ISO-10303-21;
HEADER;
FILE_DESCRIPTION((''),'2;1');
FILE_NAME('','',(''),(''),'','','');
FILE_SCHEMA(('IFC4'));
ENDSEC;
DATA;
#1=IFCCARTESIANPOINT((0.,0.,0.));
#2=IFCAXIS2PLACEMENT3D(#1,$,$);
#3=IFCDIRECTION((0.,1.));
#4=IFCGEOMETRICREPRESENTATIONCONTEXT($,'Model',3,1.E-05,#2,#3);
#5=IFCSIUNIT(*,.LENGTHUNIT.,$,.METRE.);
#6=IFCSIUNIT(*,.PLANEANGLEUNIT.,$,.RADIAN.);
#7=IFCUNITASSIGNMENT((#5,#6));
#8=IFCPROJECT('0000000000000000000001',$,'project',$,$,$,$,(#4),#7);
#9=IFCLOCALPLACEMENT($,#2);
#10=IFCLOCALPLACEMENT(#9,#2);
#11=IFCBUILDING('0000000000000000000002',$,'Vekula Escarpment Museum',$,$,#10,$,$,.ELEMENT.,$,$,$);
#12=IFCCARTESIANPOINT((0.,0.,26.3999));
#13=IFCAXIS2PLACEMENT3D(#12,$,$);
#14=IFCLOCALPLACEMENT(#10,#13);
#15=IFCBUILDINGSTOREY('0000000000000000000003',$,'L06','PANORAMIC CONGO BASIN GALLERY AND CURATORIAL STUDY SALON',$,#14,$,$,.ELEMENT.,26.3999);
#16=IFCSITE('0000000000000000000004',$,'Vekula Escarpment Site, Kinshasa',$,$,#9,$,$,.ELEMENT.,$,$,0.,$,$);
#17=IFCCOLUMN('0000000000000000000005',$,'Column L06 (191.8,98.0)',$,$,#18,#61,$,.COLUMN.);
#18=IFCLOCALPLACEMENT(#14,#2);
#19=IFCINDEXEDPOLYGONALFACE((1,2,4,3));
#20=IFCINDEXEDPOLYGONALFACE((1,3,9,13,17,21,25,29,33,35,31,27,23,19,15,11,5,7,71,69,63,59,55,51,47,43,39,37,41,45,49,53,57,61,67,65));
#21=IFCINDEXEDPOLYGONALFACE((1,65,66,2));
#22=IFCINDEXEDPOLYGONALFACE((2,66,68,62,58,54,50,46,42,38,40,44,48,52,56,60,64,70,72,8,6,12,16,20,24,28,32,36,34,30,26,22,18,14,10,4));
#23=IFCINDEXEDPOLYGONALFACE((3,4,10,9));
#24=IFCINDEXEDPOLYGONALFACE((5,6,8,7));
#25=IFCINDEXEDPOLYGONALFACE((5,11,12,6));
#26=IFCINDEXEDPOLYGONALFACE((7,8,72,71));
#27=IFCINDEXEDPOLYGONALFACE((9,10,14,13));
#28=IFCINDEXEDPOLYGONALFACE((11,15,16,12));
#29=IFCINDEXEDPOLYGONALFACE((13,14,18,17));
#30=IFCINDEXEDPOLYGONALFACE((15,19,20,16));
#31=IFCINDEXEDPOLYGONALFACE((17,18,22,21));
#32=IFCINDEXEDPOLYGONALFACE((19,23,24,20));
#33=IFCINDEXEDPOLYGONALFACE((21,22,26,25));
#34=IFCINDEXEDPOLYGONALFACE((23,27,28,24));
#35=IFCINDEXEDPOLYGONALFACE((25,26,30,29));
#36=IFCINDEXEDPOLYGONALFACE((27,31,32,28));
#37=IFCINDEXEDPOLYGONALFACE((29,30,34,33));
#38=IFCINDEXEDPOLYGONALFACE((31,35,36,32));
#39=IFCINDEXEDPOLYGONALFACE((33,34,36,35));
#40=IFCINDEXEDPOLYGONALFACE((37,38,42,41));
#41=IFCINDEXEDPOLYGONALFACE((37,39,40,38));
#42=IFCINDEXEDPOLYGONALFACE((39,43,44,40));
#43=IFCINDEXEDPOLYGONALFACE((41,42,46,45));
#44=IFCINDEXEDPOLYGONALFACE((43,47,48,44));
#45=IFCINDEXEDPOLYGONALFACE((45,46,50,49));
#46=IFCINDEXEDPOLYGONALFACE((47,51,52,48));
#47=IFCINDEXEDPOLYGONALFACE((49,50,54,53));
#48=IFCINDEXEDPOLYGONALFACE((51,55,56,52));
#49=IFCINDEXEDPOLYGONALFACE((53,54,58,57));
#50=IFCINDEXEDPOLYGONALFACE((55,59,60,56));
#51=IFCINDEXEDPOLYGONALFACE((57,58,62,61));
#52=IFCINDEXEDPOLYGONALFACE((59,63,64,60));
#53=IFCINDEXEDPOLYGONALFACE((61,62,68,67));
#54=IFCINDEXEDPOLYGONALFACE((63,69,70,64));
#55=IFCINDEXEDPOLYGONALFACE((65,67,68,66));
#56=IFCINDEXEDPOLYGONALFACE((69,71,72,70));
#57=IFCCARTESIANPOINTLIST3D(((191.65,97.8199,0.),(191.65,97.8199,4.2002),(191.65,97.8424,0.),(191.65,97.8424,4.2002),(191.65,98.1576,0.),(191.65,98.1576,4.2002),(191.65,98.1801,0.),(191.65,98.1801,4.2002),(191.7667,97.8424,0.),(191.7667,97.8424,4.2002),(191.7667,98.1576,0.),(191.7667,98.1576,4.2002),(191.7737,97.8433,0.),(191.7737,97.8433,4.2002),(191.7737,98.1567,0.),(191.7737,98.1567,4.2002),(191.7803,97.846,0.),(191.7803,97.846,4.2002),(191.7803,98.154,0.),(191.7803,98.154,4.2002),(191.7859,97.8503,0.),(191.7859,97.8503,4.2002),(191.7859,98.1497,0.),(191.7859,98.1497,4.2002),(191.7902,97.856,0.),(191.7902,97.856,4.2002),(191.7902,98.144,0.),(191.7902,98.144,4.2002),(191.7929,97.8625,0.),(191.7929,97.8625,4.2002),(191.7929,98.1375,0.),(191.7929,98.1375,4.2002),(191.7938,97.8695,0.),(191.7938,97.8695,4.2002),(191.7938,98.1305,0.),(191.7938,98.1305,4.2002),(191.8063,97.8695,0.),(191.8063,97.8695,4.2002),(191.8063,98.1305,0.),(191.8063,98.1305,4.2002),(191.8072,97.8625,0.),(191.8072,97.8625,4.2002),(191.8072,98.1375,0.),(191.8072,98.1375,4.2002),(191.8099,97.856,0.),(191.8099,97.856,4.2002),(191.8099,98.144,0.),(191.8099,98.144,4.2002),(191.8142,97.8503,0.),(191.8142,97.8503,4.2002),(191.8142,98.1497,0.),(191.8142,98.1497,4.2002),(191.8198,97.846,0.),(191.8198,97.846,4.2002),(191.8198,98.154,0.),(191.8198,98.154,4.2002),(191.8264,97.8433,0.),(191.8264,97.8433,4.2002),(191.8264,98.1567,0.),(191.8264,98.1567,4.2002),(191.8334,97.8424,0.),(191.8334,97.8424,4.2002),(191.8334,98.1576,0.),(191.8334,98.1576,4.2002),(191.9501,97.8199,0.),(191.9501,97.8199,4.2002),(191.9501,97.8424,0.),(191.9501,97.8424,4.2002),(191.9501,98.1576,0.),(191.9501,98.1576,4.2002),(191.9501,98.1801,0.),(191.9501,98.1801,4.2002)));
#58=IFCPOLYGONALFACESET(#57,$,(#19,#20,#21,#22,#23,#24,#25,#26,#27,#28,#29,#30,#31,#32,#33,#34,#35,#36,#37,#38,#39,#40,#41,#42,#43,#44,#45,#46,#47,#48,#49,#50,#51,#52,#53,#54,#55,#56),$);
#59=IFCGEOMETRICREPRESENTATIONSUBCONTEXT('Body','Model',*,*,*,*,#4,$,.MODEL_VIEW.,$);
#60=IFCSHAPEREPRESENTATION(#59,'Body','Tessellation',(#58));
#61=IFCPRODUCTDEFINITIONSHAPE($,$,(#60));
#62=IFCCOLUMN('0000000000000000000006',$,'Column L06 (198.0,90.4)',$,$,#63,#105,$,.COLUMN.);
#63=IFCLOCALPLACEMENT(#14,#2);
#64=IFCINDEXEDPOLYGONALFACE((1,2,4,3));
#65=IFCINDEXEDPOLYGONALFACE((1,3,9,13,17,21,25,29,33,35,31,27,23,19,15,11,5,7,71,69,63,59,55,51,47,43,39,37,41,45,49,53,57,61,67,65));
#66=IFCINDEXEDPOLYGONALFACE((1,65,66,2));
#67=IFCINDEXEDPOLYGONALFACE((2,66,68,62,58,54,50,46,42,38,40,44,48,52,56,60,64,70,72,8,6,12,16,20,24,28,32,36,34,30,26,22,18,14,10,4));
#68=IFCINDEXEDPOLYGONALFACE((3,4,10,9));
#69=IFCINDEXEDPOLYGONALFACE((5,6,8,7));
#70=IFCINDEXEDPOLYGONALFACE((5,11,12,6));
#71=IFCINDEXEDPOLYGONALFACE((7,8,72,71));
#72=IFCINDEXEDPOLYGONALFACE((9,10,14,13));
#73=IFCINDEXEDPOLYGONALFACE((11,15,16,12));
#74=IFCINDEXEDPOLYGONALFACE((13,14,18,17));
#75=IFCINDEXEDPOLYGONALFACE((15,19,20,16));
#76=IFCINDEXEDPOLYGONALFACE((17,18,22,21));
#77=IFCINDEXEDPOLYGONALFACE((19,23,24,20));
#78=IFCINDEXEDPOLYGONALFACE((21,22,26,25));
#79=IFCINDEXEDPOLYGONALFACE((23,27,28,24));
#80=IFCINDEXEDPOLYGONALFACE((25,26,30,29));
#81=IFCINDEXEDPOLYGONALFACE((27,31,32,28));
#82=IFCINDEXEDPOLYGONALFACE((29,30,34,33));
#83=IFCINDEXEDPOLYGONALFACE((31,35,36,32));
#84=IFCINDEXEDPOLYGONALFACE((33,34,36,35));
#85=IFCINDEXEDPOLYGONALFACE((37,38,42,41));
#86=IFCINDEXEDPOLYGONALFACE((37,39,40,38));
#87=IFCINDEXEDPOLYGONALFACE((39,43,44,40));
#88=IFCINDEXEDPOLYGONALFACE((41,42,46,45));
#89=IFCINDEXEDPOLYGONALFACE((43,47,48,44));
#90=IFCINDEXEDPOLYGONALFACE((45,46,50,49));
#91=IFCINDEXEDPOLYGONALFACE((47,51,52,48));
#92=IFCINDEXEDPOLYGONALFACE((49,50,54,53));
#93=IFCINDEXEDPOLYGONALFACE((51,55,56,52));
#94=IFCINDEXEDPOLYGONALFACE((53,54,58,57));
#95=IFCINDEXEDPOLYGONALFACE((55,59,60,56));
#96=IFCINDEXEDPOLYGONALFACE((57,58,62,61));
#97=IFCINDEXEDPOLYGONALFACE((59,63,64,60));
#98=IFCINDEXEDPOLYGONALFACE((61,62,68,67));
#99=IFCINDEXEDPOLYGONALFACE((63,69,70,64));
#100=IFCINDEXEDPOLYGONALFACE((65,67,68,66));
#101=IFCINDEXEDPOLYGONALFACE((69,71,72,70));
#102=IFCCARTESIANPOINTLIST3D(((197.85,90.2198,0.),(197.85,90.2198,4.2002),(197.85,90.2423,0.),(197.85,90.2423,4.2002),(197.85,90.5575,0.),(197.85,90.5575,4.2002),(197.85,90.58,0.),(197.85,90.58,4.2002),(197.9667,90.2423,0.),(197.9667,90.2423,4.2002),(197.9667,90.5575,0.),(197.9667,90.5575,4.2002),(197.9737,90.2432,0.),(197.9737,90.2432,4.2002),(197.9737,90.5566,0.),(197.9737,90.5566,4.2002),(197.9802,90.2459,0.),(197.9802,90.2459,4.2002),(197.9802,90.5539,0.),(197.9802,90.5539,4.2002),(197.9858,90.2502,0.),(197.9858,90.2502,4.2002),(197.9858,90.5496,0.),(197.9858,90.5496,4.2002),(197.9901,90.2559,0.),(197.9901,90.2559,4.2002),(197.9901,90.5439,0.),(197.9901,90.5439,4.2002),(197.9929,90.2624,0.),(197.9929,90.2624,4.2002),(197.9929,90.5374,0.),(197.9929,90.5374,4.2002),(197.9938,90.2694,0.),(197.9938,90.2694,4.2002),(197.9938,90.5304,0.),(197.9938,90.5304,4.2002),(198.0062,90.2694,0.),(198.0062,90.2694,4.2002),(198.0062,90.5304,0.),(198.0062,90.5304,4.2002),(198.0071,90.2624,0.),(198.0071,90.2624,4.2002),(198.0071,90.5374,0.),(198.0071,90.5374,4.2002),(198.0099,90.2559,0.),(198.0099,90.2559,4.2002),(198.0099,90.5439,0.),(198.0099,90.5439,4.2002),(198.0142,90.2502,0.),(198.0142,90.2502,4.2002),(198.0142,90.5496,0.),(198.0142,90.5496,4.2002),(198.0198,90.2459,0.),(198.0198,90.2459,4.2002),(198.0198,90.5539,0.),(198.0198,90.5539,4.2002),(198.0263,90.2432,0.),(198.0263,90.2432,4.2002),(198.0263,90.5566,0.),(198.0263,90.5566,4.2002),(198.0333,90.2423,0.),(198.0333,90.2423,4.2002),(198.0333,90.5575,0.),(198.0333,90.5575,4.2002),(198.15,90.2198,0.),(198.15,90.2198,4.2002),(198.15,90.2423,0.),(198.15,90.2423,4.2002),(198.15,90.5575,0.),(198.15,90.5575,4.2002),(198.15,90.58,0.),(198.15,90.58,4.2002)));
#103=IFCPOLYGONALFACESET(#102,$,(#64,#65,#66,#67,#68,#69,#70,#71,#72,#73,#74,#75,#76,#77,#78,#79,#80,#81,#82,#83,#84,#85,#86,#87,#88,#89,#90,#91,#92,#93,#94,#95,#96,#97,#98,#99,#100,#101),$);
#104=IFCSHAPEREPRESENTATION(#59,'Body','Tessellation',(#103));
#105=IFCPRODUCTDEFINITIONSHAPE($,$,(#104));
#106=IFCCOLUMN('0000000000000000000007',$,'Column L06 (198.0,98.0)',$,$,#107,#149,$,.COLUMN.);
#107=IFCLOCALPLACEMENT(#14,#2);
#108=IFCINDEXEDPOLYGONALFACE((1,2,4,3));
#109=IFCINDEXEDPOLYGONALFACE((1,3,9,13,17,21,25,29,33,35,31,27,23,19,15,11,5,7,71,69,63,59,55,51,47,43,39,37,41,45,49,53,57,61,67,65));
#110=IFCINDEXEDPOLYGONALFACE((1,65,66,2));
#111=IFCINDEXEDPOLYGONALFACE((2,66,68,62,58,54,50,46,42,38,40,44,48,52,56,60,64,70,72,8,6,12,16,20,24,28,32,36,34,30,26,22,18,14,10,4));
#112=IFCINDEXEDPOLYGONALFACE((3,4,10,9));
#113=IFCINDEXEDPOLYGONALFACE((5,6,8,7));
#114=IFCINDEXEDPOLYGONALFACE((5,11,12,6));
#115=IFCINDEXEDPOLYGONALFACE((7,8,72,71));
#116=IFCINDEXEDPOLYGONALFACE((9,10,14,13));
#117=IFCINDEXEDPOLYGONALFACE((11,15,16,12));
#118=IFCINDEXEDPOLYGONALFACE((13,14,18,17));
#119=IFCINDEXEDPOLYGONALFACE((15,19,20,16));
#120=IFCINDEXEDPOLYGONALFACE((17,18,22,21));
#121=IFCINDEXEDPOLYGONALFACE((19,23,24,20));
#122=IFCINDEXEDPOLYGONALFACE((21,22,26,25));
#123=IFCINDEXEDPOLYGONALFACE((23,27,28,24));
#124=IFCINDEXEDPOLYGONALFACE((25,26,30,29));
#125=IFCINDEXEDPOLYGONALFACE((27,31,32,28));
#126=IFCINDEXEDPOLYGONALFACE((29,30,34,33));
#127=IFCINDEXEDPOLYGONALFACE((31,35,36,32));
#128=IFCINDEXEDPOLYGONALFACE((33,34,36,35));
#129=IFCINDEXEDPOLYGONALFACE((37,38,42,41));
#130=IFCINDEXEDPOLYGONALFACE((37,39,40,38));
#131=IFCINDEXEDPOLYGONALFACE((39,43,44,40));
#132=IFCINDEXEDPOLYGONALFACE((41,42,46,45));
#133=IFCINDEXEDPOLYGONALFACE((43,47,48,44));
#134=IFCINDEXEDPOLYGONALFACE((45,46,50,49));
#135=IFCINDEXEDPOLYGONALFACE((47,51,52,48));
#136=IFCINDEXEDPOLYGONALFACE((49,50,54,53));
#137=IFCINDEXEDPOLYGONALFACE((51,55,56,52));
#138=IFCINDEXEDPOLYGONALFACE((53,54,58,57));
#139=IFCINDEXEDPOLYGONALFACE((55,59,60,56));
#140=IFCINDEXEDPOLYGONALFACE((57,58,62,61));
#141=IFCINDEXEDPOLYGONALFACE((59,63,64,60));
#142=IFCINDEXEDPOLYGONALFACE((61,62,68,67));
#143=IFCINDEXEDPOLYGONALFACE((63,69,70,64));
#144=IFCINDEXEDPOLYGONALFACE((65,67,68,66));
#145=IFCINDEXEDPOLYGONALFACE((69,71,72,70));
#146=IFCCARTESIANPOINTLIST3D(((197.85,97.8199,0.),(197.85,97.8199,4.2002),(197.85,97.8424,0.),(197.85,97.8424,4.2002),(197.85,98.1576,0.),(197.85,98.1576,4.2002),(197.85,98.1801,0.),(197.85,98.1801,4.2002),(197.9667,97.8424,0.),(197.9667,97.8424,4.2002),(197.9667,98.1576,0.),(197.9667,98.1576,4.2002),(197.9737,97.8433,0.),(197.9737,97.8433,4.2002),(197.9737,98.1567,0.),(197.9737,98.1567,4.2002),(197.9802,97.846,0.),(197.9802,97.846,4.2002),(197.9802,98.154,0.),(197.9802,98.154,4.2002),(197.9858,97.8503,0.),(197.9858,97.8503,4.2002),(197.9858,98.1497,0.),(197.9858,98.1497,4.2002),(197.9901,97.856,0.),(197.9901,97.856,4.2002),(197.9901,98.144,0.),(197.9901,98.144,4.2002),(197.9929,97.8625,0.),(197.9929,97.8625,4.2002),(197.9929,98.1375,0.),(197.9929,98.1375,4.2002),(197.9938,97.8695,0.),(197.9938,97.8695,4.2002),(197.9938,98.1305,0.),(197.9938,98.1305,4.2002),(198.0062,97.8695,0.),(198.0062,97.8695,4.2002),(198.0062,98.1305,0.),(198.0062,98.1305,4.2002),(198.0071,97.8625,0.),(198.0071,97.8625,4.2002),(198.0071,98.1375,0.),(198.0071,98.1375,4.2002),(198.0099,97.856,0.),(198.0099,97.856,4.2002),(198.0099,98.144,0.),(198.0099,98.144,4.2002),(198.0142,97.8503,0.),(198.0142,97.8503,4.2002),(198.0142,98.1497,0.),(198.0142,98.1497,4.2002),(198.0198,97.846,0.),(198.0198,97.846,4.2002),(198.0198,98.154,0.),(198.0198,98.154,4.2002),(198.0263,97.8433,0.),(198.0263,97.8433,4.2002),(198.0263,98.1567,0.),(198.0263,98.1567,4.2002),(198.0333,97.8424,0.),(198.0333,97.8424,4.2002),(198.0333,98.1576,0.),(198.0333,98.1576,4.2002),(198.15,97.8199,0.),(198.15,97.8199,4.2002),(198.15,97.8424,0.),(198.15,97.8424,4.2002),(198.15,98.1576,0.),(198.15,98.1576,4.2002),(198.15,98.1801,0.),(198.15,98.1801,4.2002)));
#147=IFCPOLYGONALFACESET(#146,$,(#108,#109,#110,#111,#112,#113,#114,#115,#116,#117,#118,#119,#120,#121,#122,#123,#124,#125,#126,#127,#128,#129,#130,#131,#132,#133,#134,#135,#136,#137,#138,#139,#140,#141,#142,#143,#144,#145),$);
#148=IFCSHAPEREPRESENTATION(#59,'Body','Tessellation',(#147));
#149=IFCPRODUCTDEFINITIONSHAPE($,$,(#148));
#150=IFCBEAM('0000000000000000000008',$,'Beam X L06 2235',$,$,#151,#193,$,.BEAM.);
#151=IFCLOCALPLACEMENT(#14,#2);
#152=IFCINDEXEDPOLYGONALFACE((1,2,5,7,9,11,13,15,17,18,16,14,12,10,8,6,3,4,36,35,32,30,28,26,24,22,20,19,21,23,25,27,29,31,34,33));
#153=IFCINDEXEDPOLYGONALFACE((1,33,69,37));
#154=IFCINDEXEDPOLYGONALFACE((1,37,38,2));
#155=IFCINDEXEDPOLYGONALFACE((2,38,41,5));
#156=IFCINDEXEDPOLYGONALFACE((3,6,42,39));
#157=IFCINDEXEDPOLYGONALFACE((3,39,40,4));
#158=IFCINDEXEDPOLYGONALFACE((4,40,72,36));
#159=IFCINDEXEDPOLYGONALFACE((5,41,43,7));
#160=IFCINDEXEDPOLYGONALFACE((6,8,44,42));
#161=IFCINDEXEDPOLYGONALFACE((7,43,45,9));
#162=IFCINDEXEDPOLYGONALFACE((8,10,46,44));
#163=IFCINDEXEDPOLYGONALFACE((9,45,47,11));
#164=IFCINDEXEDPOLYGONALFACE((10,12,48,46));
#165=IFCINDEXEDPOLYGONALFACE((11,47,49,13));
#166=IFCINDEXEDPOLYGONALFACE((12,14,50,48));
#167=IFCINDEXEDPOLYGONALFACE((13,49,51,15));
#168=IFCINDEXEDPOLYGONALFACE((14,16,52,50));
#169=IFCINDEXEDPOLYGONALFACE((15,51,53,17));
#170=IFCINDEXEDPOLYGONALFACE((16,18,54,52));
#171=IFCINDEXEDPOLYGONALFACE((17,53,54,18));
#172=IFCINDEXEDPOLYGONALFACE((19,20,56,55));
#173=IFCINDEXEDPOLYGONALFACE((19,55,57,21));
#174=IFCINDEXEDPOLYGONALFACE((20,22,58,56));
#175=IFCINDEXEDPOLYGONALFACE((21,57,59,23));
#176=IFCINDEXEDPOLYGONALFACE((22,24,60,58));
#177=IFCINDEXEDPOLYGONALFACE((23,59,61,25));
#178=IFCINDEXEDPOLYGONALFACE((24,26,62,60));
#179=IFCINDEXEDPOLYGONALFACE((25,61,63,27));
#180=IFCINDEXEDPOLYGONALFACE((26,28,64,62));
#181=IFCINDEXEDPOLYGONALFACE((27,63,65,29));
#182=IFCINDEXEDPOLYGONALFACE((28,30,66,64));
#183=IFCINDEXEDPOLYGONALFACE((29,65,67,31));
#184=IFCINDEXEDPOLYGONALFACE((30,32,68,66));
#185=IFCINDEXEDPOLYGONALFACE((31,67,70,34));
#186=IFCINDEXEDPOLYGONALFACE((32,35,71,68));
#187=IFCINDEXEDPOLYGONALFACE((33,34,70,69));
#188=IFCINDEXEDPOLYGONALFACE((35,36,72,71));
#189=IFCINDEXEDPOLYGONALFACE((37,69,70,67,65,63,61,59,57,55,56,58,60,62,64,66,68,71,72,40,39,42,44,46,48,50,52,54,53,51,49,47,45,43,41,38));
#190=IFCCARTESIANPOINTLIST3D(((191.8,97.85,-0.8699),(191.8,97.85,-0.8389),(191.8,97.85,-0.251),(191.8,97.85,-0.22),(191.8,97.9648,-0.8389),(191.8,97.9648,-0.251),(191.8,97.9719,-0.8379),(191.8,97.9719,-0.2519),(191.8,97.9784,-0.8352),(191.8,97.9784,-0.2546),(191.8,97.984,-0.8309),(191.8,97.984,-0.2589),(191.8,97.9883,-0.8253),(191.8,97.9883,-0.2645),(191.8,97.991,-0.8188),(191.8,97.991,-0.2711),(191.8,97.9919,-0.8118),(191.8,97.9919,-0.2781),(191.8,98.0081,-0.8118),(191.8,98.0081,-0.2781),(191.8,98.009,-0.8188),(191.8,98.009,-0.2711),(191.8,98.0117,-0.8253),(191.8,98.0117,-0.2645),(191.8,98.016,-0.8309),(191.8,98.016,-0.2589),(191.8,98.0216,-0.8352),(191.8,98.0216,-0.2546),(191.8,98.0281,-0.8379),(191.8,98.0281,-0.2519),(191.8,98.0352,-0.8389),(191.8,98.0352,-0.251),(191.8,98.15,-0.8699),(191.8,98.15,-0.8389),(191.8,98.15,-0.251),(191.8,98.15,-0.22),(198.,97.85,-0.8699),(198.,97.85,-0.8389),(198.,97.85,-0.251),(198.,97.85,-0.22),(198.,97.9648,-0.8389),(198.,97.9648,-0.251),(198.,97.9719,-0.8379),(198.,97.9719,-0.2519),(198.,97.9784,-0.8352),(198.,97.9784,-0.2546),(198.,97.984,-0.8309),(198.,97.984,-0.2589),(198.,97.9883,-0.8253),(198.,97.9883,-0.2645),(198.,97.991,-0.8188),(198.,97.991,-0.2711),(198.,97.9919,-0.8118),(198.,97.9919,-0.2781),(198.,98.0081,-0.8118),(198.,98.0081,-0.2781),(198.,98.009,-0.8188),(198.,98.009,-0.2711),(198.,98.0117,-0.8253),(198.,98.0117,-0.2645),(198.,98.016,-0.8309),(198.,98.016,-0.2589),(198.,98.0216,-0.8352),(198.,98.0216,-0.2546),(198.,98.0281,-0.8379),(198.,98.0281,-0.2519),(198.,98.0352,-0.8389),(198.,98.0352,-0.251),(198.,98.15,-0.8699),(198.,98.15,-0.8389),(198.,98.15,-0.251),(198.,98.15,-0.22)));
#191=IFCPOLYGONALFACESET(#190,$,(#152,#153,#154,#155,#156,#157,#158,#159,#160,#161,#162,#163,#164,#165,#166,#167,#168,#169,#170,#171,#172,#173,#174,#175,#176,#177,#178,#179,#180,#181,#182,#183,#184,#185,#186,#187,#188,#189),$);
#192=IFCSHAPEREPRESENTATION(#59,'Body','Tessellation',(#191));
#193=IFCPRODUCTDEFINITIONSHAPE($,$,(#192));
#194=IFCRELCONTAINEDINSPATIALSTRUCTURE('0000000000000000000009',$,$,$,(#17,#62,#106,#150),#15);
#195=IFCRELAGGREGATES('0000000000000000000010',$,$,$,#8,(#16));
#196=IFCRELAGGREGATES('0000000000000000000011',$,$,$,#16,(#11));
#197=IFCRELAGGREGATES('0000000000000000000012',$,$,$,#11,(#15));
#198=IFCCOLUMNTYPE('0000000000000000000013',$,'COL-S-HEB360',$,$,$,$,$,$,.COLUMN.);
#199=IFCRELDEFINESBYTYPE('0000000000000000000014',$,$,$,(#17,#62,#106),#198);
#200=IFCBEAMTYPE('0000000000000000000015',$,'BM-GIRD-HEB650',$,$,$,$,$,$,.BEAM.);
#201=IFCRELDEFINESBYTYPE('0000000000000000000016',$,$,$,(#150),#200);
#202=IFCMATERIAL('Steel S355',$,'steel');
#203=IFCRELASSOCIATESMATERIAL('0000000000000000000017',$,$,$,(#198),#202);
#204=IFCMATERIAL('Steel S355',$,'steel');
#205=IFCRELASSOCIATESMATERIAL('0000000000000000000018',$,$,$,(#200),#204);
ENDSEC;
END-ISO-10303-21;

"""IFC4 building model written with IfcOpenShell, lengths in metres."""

from ifc_helpers import new_model, si_unit, direction, frame, origin, origin_2d, place, context, subcontext, project, spatial, i_section, extrude, material, material_profile, profile_set, type_object, element, save


model = new_model("IFC4")

# Units and contexts
model_context = context("Model", 3, precision=1e-05, world=origin(), true_north=direction((0.0, 1.0)))
body_context = subcontext(model_context, "Body", "Model", "MODEL_VIEW")
ifc_project = project(units=[si_unit("LENGTHUNIT", "METRE"), si_unit("PLANEANGLEUNIT", "RADIAN")], contexts=[model_context])

# Site, building, storey
site_placement = place(None, origin())
site = spatial("IfcSite", under=ifc_project, at=site_placement, Name="Vekula Escarpment Site, Kinshasa", CompositionType="ELEMENT", RefElevation=0.0)
building_placement = place(site_placement, origin())
building = spatial("IfcBuilding", under=site, at=building_placement, Name="Vekula Escarpment Museum", CompositionType="ELEMENT")
storey_placement = place(building_placement, frame((0.0, 0.0, 26.3999)))
storey = spatial("IfcBuildingStorey", under=building, at=storey_placement, Name="L06", Description="PANORAMIC CONGO BASIN GALLERY AND CURATORIAL STUDY SALON", CompositionType="ELEMENT", Elevation=26.3999)

# Columns
ifc_material_1 = material(Name="Steel S355", Category="steel")
ifc_material_profile_1 = material_profile(ifc_material_1, i_section(OverallWidth=0.3, OverallDepth=0.3601, WebThickness=0.0125, FlangeThickness=0.0225, FilletRadius=0.0271, at=origin_2d()), Name="HEB 360")
ifc_profile_set_1 = profile_set([ifc_material_profile_1], Name="Steel S355")
column_type = type_object("IfcColumnType", Name="COL-S-HEB360", PredefinedType="COLUMN", material=ifc_profile_set_1)
for number, where, z_axis, x_axis, name in (
    (1, (191.8, 98.0, 0.0), (0.0, 0.0, 1.0), (1.0, 0.0, 0.0), "Column L06 (191.8,98.0)"),
    (2, (198.0, 90.3999, 0.0), (0.0, 0.0, 1.0), (1.0, 0.0, 0.0), "Column L06 (198.0,90.4)"),
    (3, (198.0, 98.0, 0.0), (0.0, 0.0, 1.0), (1.0, 0.0, 0.0), "Column L06 (198.0,98.0)"),
):
    element("IfcColumn", number, at=place(storey_placement, frame(where, z_axis=z_axis, x_axis=x_axis)), inside=storey, type_object=column_type, Name=name, PredefinedType="COLUMN", context=body_context, shape_type="SweptSolid", body=[
        extrude(i_section(OverallWidth=0.3, OverallDepth=0.3601, WebThickness=0.0125, FlangeThickness=0.0225, FilletRadius=0.0271, at=origin_2d()), origin(), (0.0, 0.0, 1.0), 4.2002),
    ])

# Beam
ifc_material_2 = material(Name="Steel S355", Category="steel")
ifc_material_profile_2 = material_profile(ifc_material_2, i_section(OverallWidth=0.3, OverallDepth=0.6499, WebThickness=0.0161, FlangeThickness=0.031, FilletRadius=0.0271, at=origin_2d()), Name="HEB 650")
ifc_profile_set_2 = profile_set([ifc_material_profile_2], Name="Steel S355")
beam_type_1 = type_object("IfcBeamType", Name="BM-GIRD-HEB650", PredefinedType="BEAM", material=ifc_profile_set_2)
beam_1_placement = place(storey_placement, frame((191.8, 98.0, -0.5449), z_axis=(1.0, 0.0, 0.0), x_axis=(0.0, 1.0, 0.0)))
element("IfcBeam", 4, at=beam_1_placement, inside=storey, type_object=beam_type_1, Name="Beam X L06 2235", PredefinedType="BEAM", context=body_context, shape_type="SweptSolid", body=[
    extrude(i_section(OverallWidth=0.3, OverallDepth=0.6499, WebThickness=0.0161, FlangeThickness=0.031, FilletRadius=0.0271, at=origin_2d()), origin(), (0.0, 0.0, 1.0), 6.2),
])

save(model, "model.ifc")
